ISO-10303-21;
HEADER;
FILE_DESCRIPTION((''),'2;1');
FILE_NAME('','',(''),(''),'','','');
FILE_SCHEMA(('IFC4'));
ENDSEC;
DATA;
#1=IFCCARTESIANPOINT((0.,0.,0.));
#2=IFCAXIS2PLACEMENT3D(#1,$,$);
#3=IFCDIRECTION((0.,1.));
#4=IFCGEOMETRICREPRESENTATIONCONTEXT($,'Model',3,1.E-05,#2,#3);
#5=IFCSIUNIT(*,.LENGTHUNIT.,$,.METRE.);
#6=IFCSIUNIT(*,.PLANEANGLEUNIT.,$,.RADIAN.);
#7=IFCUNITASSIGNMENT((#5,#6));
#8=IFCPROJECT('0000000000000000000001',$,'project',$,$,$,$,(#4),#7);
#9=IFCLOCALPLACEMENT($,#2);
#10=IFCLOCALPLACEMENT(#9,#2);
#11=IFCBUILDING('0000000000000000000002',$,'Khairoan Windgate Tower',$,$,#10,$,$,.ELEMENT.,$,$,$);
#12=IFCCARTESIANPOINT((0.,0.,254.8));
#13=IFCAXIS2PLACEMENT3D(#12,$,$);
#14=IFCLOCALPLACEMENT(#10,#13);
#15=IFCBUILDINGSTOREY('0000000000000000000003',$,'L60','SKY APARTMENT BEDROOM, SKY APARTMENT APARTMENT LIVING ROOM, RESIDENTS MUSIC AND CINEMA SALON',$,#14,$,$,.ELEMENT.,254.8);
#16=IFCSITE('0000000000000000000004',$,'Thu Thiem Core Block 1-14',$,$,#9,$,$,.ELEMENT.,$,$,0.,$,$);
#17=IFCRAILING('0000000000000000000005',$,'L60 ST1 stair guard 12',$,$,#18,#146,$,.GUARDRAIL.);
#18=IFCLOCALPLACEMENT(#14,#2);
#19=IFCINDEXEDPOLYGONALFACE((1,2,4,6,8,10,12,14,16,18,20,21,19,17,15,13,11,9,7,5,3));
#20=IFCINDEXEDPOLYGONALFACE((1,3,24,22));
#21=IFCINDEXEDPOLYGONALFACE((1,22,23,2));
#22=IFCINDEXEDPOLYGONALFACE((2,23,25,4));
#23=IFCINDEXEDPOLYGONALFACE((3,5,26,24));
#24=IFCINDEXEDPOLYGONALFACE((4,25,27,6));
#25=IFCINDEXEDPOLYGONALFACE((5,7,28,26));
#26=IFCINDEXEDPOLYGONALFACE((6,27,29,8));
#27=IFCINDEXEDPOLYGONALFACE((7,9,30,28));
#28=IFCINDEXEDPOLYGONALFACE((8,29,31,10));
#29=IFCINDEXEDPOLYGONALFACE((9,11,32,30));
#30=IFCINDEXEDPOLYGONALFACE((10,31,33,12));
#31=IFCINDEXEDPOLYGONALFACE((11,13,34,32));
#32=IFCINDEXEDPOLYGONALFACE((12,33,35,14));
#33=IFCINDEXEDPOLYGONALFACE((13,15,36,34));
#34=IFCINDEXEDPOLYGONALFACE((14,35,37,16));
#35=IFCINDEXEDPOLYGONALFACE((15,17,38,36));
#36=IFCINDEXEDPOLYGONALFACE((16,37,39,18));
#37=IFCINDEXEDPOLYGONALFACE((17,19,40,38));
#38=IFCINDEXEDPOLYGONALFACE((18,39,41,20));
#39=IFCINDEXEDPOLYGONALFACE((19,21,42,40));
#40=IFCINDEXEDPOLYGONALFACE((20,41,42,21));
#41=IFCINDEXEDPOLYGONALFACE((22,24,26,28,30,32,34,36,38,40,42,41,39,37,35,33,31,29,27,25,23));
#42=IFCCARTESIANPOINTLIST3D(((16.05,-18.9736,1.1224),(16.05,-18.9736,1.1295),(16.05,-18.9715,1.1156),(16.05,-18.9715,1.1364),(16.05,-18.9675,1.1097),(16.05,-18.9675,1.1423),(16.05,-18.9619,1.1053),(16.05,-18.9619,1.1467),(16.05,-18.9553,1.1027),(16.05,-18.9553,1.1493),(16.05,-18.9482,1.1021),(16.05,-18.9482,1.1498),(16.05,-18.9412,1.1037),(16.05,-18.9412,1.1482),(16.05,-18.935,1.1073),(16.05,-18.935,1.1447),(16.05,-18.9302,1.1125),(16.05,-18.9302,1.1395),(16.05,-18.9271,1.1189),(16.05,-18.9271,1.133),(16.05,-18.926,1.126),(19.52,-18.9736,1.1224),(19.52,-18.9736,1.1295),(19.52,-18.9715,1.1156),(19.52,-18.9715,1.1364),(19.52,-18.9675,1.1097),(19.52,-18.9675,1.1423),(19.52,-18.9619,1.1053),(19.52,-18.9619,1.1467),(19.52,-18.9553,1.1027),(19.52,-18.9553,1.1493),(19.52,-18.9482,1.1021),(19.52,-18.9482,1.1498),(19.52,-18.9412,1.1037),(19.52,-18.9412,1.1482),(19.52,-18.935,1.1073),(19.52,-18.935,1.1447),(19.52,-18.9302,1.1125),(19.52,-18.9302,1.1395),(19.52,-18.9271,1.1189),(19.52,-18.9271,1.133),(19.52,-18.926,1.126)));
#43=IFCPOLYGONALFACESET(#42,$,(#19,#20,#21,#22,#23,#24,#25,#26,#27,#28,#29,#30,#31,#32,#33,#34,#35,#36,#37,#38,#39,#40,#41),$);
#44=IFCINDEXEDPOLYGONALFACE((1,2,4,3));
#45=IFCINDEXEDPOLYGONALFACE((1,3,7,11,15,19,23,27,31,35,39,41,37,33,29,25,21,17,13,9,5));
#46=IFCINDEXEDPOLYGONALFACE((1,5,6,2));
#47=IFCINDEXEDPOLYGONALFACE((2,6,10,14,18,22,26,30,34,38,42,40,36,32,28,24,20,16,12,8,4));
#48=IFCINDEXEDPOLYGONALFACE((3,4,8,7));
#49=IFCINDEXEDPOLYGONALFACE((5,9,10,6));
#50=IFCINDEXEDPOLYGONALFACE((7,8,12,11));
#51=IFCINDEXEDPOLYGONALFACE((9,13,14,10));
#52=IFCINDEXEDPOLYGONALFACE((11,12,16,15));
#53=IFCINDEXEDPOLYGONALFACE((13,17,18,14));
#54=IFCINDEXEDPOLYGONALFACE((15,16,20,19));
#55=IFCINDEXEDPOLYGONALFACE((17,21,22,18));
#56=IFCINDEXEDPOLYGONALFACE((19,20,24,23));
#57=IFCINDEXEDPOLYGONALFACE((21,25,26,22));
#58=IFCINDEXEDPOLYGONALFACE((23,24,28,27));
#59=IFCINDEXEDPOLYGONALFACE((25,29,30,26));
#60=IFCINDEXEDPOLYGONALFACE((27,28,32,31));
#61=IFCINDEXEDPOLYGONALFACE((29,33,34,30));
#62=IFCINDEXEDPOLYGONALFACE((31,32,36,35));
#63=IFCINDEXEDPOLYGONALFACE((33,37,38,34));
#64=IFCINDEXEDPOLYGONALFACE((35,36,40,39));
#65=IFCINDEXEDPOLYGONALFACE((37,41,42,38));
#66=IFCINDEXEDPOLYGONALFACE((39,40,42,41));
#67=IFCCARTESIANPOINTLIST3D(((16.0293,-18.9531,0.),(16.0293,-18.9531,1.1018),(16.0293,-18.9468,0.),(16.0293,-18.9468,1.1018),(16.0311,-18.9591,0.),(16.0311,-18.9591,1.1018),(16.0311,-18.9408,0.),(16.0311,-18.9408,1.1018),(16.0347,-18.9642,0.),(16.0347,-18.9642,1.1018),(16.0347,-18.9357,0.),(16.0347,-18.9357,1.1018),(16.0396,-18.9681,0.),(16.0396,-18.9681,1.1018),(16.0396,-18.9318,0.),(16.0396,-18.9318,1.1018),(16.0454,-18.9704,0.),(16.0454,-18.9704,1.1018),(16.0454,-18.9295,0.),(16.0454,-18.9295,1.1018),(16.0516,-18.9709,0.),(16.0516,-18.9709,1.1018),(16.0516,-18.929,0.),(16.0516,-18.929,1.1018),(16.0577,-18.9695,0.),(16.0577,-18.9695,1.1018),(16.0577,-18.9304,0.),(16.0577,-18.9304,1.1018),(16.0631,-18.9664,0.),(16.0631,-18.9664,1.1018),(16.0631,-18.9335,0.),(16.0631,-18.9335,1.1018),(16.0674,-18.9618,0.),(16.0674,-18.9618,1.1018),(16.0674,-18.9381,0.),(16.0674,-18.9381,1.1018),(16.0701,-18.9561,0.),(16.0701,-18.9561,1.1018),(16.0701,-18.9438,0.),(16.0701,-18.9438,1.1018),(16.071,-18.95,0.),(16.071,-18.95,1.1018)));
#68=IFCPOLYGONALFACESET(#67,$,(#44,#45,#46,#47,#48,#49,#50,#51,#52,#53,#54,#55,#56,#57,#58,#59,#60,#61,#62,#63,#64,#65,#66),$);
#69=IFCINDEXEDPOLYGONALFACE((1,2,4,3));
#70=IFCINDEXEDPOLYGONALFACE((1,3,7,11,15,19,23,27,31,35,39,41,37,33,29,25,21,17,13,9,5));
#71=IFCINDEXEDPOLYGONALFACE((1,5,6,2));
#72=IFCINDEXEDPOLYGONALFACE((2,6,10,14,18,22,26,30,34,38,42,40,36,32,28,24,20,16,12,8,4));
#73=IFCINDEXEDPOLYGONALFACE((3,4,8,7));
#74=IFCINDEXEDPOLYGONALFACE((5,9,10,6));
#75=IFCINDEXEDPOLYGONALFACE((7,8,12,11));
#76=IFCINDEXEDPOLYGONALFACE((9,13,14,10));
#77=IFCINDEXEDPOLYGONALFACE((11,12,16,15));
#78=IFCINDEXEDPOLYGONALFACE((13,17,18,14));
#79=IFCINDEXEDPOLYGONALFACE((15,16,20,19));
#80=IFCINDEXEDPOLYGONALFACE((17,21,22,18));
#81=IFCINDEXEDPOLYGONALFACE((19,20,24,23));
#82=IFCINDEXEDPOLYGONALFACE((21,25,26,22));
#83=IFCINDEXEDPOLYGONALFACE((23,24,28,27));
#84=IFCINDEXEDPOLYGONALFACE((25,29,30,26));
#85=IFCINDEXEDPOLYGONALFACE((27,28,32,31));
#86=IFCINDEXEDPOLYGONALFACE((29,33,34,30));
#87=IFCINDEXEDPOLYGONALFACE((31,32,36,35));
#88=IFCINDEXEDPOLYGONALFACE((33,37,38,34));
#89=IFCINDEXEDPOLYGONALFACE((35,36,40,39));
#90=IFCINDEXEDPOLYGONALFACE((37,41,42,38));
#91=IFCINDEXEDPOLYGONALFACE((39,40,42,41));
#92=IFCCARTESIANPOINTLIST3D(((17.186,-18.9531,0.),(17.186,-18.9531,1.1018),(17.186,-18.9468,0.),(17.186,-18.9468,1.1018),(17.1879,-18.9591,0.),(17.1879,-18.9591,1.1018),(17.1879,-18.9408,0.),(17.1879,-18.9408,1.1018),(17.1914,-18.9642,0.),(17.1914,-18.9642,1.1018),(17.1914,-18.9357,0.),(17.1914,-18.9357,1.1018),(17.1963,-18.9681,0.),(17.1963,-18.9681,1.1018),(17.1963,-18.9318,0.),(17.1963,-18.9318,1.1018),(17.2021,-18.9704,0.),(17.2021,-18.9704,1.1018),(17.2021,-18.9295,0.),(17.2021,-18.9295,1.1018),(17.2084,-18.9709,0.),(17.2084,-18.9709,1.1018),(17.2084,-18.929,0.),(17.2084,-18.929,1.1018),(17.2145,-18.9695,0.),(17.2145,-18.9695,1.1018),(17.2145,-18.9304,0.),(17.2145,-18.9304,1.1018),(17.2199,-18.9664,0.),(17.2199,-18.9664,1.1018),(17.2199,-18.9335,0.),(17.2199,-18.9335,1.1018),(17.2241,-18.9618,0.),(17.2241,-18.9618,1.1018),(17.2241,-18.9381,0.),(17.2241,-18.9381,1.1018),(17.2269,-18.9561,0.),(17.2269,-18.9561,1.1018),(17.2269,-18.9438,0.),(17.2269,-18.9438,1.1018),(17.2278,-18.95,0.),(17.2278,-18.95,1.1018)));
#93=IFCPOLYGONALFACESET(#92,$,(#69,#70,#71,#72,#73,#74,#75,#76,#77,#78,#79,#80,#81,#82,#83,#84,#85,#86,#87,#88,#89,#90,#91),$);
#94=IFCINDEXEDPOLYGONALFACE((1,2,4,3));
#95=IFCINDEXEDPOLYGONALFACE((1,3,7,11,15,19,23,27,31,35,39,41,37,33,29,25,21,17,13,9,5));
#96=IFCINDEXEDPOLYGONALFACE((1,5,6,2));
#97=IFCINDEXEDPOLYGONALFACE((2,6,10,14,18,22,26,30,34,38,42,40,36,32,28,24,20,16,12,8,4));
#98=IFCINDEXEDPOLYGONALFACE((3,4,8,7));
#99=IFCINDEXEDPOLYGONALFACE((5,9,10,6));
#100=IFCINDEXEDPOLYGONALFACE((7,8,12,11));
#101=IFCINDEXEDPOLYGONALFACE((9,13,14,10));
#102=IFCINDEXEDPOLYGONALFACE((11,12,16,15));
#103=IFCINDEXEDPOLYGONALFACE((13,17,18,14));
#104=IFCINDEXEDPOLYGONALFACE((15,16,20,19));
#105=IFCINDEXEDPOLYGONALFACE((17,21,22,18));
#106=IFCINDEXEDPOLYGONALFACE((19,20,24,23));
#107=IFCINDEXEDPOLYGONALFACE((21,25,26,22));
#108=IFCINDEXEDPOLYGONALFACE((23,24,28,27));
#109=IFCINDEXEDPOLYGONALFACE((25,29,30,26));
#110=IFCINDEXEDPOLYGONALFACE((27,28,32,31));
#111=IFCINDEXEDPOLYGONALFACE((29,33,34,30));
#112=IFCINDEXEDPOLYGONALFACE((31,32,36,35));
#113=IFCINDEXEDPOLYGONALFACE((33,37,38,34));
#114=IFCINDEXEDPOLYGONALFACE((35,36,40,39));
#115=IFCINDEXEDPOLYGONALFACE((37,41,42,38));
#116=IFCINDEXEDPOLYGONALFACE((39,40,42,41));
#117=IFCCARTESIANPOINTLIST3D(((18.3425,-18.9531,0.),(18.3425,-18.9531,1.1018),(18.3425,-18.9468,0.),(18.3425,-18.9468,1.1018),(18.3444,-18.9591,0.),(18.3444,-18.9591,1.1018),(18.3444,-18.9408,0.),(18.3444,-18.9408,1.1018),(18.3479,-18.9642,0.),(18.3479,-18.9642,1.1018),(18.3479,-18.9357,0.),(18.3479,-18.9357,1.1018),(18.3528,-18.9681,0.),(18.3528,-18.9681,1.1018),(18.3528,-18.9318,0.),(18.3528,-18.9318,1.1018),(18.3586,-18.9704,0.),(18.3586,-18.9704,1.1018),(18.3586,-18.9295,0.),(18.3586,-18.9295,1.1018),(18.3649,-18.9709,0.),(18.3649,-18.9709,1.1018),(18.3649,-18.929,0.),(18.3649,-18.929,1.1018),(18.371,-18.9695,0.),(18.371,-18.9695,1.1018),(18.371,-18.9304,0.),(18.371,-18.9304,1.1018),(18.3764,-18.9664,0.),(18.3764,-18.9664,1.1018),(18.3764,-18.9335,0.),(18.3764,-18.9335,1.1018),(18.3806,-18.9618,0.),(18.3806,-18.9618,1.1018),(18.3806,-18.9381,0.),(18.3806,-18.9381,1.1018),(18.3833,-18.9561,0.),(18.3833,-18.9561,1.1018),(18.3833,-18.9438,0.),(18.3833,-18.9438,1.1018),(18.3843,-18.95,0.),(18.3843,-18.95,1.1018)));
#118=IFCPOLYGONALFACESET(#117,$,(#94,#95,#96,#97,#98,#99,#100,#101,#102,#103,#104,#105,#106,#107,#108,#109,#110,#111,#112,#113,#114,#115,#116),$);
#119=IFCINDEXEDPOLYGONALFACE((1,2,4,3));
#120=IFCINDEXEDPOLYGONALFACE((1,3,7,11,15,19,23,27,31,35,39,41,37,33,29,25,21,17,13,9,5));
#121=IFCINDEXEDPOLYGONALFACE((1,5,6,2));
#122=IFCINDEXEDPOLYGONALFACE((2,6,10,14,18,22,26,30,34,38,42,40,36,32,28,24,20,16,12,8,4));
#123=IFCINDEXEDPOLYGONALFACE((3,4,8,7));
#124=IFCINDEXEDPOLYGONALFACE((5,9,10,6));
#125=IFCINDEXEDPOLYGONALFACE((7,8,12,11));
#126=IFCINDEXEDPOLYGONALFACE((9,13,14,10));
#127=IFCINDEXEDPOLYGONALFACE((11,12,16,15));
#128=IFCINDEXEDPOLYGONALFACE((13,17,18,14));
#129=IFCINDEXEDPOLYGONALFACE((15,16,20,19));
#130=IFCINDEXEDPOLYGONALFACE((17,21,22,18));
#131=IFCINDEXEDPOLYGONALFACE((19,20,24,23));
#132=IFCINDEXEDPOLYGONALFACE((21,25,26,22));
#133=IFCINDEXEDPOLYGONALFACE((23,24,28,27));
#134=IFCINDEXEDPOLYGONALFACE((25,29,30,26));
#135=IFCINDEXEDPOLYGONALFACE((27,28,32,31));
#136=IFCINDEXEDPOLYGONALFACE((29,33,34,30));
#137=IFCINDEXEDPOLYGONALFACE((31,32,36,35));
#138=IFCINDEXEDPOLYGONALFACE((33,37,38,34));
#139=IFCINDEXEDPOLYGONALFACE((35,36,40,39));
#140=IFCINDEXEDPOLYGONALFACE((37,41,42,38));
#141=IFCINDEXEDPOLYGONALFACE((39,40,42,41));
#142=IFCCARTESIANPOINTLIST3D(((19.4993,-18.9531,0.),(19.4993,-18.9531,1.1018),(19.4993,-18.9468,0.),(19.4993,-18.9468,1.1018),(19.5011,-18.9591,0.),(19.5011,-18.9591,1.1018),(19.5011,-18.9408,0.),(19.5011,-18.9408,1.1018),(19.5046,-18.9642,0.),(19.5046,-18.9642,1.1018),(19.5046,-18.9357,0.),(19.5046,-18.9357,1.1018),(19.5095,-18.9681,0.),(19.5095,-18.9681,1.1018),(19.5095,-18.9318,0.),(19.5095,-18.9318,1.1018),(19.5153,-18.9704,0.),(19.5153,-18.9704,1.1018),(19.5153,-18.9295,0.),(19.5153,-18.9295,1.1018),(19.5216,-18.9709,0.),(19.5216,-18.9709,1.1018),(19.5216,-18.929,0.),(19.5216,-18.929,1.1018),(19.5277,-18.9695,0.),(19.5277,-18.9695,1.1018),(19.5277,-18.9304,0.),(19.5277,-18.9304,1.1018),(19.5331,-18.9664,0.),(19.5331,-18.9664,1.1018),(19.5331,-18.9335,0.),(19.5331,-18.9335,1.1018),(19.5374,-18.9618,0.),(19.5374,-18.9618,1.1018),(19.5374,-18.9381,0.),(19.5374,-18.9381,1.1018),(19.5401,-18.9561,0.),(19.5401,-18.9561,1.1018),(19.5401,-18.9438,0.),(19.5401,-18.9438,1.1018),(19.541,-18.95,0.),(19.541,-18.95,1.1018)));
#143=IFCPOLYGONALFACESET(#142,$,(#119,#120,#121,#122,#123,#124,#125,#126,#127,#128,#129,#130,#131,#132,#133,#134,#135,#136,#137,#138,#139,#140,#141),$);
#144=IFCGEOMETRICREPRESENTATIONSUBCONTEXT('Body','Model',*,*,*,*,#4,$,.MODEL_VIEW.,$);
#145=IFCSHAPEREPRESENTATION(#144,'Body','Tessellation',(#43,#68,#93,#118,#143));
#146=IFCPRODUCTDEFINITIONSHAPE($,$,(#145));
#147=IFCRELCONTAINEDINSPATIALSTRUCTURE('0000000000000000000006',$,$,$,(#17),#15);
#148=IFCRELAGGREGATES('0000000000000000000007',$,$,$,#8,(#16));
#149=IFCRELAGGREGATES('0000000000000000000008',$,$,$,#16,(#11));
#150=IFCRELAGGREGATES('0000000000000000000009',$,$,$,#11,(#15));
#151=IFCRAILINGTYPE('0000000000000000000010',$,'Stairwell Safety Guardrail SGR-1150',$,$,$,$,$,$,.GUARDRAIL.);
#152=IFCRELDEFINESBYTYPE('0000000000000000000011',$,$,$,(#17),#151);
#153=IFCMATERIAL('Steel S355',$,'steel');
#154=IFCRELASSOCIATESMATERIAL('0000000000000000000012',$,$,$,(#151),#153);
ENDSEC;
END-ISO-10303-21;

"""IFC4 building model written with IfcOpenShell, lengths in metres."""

from ifc_helpers import new_model, si_unit, direction, frame, origin, origin_2d, place, context, subcontext, project, spatial, circle, extrude, material, type_object, element, save


model = new_model("IFC4")

# Units and contexts
model_context = context("Model", 3, precision=1e-05, world=origin(), true_north=direction((0.0, 1.0)))
body_context = subcontext(model_context, "Body", "Model", "MODEL_VIEW")
ifc_project = project(units=[si_unit("LENGTHUNIT", "METRE"), si_unit("PLANEANGLEUNIT", "RADIAN")], contexts=[model_context])

# Site, building, storey
site_placement = place(None, origin())
site = spatial("IfcSite", under=ifc_project, at=site_placement, Name="Thu Thiem Core Block 1-14", CompositionType="ELEMENT", RefElevation=0.0)
building_placement = place(site_placement, origin())
building = spatial("IfcBuilding", under=site, at=building_placement, Name="Khairoan Windgate Tower", CompositionType="ELEMENT")
storey_placement = place(building_placement, frame((0.0, 0.0, 254.8)))
storey = spatial("IfcBuildingStorey", under=building, at=storey_placement, Name="L60", Description="SKY APARTMENT BEDROOM, SKY APARTMENT APARTMENT LIVING ROOM, RESIDENTS MUSIC AND CINEMA SALON", CompositionType="ELEMENT", Elevation=254.8)

# Railing
ifc_material_1 = material(Name="Steel S355", Category="steel")
railing_type = type_object("IfcRailingType", Name="Stairwell Safety Guardrail SGR-1150", PredefinedType="GUARDRAIL", material=ifc_material_1)
railing_1_placement = place(storey_placement, frame((16.05, -18.95, 0.0)))
element("IfcRailing", 1, at=railing_1_placement, inside=storey, type_object=railing_type, Name="L60 ST1 stair guard 12", PredefinedType="GUARDRAIL", context=body_context, shape_type="SweptSolid", body=[
    extrude(circle(Radius=0.0239, at=origin_2d()), frame((0.0, 0.0, 1.126), z_axis=(1.0, 0.0, 0.0), x_axis=(0.0, 1.0, 0.0)), (0.0, 0.0, 1.0), 3.47),
    extrude(circle(Radius=0.021, at=origin_2d()), origin(), (0.0, 0.0, 1.0), 1.1018),
    extrude(circle(Radius=0.021, at=origin_2d()), frame((1.1567, 0.0, 0.0)), (0.0, 0.0, 1.0), 1.1018),
    extrude(circle(Radius=0.021, at=origin_2d()), frame((2.3132, 0.0, 0.0)), (0.0, 0.0, 1.0), 1.1018),
    extrude(circle(Radius=0.021, at=origin_2d()), frame((3.47, 0.0, 0.0)), (0.0, 0.0, 1.0), 1.1018),
])

save(model, "model.ifc")
